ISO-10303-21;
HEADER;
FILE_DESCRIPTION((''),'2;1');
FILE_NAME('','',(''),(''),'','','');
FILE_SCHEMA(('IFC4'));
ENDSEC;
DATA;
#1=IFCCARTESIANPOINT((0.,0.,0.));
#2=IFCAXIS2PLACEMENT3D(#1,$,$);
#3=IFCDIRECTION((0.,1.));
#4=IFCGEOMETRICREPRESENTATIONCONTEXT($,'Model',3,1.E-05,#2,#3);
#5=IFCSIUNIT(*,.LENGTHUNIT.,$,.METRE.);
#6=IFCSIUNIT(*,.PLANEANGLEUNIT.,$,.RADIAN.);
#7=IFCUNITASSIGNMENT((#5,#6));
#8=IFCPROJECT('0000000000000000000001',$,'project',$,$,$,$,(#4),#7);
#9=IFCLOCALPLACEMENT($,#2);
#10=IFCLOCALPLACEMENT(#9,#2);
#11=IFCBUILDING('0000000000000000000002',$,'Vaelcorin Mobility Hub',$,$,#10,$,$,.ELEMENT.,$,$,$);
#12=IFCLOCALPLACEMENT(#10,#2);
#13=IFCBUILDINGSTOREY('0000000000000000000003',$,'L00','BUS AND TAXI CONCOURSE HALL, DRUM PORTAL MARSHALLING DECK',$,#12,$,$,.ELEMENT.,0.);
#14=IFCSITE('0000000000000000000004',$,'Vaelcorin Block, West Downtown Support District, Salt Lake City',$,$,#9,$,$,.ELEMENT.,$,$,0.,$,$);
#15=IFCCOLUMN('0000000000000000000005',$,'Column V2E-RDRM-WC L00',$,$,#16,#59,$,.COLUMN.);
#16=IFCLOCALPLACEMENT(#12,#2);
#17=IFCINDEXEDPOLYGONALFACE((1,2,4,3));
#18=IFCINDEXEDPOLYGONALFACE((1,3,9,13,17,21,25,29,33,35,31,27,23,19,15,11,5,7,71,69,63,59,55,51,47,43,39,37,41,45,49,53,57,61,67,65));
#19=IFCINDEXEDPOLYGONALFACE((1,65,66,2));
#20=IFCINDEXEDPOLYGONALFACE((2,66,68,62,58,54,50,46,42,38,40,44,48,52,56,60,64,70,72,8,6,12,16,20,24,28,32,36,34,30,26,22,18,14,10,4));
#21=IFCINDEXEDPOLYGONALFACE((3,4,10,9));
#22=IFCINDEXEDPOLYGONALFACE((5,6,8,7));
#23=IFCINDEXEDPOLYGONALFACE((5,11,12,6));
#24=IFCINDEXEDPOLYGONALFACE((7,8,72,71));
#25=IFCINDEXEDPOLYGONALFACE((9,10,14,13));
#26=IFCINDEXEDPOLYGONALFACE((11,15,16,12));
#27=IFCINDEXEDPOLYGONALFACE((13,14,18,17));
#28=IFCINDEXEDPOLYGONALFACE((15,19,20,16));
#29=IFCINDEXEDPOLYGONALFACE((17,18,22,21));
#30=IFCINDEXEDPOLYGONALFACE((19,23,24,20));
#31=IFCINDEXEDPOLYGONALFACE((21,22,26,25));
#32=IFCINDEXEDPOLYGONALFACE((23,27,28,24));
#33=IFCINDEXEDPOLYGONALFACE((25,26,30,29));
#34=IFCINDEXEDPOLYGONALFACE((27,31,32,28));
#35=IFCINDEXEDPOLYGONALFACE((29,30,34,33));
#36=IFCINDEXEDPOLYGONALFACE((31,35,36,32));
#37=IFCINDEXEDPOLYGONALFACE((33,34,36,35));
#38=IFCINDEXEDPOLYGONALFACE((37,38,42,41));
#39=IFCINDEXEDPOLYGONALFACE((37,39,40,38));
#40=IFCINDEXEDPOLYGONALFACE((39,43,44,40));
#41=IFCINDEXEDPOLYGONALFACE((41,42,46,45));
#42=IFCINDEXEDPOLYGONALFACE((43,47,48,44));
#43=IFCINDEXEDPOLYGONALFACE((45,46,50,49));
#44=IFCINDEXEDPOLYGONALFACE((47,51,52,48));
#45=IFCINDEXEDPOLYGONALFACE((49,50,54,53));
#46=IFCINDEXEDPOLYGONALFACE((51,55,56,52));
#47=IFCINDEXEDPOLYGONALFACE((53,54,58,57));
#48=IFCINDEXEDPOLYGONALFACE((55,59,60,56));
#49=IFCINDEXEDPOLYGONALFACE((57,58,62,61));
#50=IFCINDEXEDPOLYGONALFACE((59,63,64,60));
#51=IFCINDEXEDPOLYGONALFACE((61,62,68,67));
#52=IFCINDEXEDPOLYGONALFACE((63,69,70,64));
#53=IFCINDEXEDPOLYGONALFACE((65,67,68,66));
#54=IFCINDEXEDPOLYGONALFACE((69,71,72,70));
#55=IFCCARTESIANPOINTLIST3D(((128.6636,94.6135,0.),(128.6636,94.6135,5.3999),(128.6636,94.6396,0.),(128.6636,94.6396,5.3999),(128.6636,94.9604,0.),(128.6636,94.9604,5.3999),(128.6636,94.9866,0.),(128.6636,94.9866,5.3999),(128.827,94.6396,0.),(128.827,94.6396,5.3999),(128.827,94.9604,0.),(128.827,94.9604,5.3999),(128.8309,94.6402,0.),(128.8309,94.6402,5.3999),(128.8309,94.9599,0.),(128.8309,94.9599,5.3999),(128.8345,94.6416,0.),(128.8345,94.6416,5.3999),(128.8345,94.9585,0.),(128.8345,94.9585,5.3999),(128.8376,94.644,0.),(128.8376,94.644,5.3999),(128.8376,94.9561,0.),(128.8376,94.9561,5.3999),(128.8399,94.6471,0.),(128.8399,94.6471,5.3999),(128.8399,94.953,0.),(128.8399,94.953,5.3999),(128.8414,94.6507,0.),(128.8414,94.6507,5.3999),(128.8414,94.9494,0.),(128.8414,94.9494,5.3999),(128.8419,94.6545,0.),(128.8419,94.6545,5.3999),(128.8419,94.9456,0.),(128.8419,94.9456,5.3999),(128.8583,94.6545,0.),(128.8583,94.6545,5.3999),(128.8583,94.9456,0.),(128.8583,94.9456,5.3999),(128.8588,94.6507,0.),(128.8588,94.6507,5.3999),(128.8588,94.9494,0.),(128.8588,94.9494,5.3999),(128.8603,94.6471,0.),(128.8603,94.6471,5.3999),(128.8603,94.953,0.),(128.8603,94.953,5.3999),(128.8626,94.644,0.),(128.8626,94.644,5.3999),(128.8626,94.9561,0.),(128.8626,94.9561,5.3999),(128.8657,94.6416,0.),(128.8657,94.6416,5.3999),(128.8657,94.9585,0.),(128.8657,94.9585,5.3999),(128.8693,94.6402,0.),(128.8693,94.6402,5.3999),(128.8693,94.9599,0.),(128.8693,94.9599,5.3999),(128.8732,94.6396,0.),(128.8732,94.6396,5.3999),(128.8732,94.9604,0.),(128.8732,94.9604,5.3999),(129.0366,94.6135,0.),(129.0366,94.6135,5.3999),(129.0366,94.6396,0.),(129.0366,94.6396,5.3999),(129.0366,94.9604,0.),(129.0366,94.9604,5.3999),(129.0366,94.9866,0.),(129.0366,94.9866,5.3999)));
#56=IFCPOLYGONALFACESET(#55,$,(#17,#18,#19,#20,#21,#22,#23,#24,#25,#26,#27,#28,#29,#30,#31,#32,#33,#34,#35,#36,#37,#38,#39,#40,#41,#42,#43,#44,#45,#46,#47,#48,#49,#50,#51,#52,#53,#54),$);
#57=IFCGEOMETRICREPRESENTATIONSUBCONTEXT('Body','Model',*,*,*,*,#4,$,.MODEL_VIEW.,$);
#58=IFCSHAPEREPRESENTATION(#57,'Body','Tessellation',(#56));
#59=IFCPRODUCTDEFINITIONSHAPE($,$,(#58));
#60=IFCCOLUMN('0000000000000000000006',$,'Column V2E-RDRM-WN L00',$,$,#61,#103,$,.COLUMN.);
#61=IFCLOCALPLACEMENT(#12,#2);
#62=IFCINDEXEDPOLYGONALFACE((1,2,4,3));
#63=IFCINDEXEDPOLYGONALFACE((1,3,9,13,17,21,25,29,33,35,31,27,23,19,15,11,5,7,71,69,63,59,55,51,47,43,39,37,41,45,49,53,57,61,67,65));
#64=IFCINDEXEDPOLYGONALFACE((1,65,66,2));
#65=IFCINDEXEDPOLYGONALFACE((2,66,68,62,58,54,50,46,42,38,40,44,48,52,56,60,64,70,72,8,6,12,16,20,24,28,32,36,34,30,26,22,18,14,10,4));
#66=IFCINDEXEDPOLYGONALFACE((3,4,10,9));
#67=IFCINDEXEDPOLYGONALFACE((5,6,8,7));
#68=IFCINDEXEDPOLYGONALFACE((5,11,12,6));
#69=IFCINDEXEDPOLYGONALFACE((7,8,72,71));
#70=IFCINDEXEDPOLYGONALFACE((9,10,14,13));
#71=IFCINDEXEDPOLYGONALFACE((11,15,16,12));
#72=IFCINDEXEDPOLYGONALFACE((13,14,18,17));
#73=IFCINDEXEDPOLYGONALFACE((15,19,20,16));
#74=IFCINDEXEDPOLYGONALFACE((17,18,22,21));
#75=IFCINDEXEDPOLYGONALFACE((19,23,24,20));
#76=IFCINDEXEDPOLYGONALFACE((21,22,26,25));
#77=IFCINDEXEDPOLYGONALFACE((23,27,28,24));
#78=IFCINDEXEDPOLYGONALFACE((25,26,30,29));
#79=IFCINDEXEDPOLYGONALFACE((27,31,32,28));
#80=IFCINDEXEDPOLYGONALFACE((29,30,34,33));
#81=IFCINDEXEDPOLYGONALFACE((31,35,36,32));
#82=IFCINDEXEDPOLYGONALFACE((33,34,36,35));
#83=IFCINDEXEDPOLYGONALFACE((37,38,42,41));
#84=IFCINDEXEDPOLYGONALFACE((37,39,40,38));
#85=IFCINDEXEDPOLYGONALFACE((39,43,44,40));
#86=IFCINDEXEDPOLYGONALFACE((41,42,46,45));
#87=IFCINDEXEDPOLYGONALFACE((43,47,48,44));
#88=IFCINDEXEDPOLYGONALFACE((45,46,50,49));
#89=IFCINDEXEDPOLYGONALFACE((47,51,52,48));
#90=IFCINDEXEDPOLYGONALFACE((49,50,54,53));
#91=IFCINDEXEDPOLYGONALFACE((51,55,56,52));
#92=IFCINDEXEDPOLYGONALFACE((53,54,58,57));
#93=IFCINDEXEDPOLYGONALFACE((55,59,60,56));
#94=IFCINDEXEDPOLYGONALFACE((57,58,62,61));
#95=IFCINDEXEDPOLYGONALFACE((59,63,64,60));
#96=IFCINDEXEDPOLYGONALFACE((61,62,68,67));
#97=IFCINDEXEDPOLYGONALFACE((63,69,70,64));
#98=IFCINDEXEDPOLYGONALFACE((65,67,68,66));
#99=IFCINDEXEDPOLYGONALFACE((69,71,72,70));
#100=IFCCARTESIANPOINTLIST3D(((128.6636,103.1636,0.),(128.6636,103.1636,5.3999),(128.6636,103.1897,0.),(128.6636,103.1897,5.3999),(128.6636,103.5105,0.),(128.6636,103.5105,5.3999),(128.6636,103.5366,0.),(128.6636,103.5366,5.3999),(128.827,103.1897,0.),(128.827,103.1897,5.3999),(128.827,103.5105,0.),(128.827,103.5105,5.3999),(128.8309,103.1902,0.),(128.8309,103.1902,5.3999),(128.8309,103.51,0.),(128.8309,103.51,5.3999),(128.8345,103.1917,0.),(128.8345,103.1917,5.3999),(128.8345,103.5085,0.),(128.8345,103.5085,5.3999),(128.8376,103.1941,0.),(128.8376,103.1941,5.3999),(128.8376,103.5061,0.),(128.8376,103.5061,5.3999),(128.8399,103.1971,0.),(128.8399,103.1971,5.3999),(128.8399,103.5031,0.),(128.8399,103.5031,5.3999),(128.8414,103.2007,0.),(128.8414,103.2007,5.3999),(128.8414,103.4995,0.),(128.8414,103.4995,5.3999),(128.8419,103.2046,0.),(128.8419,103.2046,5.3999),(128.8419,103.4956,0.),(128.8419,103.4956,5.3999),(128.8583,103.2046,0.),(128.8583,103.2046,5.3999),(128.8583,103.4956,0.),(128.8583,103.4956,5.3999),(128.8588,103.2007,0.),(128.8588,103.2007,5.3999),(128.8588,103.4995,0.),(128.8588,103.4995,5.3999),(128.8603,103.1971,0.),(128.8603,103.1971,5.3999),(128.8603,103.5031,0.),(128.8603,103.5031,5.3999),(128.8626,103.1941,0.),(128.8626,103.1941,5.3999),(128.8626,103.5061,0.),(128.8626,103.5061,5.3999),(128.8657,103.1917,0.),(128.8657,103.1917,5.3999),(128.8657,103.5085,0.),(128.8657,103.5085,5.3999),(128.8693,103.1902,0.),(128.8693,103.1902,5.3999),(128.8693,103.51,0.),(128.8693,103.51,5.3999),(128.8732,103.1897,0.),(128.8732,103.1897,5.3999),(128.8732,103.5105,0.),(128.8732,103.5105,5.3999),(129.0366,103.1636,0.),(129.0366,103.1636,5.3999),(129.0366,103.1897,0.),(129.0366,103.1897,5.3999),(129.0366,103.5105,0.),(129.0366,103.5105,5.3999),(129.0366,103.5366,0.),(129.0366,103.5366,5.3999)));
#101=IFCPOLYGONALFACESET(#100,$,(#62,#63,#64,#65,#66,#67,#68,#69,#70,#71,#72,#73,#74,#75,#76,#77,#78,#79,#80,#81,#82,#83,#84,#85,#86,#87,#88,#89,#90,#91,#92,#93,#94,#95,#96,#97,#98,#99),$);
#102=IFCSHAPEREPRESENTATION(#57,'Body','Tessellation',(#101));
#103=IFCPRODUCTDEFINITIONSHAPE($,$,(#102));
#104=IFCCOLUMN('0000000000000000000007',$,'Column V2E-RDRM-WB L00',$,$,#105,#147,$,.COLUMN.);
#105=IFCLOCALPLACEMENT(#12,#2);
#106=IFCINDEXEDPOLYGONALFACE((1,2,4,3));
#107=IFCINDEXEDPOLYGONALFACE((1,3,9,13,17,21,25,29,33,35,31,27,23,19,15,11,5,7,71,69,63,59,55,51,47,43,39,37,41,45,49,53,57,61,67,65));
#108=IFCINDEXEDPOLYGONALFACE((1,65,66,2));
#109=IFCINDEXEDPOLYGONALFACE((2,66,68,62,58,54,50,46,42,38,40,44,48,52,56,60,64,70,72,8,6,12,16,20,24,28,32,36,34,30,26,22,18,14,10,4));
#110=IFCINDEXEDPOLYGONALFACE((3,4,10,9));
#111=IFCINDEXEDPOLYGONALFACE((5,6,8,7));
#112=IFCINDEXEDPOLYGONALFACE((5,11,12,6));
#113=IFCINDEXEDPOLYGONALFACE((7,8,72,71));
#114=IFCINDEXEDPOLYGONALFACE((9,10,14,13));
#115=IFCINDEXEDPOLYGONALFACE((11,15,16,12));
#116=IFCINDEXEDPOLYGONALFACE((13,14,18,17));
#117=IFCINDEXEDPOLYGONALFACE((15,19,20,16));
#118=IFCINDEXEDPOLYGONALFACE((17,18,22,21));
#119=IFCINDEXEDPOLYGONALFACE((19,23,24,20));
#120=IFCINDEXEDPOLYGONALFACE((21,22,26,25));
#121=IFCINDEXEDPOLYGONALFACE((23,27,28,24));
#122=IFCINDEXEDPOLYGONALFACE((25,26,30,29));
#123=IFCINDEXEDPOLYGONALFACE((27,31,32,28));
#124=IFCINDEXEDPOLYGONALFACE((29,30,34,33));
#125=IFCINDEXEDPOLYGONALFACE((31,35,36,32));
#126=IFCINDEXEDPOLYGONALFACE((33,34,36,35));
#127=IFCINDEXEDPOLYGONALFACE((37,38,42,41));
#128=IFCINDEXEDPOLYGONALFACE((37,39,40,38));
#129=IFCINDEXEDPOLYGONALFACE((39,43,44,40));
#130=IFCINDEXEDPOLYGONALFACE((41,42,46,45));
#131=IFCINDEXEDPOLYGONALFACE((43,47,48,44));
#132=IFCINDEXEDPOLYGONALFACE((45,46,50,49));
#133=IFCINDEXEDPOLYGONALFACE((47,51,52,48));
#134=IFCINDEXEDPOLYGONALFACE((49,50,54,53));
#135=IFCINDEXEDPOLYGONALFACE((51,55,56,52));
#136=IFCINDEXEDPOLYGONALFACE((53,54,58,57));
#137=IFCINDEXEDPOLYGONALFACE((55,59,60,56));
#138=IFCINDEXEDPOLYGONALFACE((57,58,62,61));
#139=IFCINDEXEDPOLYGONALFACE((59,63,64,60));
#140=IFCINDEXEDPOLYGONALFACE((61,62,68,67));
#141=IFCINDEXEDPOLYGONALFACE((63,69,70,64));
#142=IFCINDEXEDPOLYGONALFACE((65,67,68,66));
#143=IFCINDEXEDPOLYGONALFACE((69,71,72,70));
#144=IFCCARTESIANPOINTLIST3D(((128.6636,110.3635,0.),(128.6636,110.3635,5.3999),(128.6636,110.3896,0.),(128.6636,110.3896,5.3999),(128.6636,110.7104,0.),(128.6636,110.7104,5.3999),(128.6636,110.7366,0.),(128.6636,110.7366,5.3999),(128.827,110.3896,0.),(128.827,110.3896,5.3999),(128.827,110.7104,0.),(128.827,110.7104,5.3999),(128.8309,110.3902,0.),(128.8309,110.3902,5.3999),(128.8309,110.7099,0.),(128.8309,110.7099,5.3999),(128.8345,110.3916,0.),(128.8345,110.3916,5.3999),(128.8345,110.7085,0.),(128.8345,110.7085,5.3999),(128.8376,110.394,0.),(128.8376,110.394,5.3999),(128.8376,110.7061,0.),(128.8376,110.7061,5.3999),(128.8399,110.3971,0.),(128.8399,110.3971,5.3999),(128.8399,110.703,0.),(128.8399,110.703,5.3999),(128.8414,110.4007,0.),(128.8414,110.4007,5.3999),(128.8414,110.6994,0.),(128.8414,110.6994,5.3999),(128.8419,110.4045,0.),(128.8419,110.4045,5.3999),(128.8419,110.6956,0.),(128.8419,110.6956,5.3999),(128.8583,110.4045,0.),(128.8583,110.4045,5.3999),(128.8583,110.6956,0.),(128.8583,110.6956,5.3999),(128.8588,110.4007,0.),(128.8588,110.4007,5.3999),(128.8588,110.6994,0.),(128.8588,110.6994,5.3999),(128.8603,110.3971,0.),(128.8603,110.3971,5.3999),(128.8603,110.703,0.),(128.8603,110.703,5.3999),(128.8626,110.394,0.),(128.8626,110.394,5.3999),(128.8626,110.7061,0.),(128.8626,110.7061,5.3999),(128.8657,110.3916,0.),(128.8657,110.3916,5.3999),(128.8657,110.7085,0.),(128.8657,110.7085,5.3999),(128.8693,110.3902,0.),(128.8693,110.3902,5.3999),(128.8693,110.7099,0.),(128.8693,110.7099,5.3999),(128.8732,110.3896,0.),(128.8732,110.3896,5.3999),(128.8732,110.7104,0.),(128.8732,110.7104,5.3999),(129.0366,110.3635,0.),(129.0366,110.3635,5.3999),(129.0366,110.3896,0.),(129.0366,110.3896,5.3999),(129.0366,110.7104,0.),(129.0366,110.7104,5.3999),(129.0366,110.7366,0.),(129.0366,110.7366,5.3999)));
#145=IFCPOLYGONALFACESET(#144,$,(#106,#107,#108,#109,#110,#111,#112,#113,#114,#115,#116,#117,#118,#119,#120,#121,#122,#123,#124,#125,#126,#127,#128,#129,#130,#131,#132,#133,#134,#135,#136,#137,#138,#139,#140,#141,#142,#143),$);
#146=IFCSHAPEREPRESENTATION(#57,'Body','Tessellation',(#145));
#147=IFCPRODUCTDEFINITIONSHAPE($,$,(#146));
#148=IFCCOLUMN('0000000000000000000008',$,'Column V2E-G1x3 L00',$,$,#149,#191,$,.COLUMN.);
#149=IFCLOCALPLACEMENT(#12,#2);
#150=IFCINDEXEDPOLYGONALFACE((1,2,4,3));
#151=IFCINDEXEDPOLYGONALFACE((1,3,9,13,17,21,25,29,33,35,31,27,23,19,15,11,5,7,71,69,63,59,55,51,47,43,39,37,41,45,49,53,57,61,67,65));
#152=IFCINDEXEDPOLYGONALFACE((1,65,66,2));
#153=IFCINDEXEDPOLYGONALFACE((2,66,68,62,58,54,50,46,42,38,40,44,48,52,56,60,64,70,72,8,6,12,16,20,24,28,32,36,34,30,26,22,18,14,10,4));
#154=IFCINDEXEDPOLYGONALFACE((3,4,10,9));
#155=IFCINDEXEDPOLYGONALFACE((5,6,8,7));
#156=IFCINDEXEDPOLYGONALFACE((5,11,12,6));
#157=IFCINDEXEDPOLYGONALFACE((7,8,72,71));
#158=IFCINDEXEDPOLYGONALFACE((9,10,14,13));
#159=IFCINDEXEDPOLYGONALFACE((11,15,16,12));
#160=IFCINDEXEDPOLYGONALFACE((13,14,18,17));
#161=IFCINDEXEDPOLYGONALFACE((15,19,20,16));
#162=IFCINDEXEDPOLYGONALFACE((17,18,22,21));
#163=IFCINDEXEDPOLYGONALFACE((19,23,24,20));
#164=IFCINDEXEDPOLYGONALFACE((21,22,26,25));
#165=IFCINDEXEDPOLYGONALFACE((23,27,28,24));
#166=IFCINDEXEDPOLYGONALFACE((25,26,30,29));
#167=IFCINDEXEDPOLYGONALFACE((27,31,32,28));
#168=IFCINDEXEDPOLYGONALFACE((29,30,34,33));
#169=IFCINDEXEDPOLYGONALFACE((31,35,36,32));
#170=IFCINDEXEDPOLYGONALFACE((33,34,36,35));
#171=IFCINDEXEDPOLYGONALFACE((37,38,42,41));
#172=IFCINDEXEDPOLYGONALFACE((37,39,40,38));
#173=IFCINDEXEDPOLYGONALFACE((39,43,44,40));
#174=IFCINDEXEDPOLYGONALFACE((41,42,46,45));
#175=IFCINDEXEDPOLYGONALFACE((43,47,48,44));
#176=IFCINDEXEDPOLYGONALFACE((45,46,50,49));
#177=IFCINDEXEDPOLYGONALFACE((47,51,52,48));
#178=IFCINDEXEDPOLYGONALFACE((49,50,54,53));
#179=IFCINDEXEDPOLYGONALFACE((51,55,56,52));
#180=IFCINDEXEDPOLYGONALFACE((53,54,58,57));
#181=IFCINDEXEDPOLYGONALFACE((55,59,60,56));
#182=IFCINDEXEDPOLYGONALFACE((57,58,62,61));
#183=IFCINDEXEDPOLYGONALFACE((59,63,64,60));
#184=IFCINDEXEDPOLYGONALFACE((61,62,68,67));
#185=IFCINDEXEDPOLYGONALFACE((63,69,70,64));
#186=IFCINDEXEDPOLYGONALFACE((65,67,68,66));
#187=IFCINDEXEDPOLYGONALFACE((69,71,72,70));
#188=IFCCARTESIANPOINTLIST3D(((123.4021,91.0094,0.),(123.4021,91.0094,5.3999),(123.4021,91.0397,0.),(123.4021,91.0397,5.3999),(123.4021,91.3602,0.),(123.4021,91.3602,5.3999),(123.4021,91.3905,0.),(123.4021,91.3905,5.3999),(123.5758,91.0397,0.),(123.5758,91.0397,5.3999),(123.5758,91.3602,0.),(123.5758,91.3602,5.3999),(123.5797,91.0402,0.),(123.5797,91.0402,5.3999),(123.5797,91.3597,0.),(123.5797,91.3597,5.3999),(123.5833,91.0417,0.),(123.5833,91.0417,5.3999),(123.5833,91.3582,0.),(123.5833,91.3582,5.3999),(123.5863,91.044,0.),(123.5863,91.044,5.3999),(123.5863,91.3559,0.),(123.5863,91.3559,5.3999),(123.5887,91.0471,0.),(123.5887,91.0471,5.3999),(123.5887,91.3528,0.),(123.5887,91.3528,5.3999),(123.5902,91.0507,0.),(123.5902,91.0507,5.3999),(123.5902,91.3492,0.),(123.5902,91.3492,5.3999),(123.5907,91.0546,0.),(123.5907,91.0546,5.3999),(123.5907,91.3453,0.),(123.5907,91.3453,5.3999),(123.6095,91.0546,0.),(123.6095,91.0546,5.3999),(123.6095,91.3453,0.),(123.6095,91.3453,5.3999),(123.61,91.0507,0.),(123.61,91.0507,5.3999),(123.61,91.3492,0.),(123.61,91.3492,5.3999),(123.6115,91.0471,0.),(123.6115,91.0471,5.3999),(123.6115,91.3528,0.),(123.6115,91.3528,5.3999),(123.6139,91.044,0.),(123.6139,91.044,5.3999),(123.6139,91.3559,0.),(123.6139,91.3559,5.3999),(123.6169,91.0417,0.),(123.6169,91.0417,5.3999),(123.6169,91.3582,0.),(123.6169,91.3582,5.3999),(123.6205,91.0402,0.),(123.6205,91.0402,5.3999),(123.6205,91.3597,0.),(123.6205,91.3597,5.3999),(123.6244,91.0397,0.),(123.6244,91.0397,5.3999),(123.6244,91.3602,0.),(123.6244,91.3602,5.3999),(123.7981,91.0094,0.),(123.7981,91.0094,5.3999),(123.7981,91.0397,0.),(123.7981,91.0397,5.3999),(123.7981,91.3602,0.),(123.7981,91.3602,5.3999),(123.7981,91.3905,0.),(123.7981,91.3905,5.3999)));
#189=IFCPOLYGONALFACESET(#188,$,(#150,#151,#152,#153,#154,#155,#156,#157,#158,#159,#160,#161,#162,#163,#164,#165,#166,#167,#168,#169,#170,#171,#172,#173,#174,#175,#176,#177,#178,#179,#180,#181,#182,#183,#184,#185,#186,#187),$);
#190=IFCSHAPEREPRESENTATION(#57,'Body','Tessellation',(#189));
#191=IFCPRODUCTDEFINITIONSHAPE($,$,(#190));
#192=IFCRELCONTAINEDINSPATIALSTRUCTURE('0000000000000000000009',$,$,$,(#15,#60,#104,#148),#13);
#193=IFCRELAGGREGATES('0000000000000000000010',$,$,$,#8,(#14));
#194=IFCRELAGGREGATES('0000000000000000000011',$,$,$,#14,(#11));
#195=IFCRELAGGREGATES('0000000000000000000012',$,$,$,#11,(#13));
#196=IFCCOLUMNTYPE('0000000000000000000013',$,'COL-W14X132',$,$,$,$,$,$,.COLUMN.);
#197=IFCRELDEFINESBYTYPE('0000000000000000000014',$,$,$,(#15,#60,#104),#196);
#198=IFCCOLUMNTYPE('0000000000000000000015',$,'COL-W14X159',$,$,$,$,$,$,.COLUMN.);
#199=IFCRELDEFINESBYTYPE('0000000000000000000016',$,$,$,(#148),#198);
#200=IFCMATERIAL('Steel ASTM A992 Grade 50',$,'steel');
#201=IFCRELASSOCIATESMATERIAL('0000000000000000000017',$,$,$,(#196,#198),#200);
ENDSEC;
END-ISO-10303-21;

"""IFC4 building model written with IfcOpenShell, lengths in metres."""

from ifc_helpers import new_model, si_unit, direction, frame, origin, origin_2d, place, context, subcontext, project, spatial, i_section, extrude, material, material_profile, profile_set, type_object, element, save


model = new_model("IFC4")

# Units and contexts
model_context = context("Model", 3, precision=1e-05, world=origin(), true_north=direction((0.0, 1.0)))
body_context = subcontext(model_context, "Body", "Model", "MODEL_VIEW")
ifc_project = project(units=[si_unit("LENGTHUNIT", "METRE"), si_unit("PLANEANGLEUNIT", "RADIAN")], contexts=[model_context])

# Site, building, storey
site_placement = place(None, origin())
site = spatial("IfcSite", under=ifc_project, at=site_placement, Name="Vaelcorin Block, West Downtown Support District, Salt Lake City", CompositionType="ELEMENT", RefElevation=0.0)
building_placement = place(site_placement, origin())
building = spatial("IfcBuilding", under=site, at=building_placement, Name="Vaelcorin Mobility Hub", CompositionType="ELEMENT")
storey_placement = place(building_placement, origin())
storey = spatial("IfcBuildingStorey", under=building, at=storey_placement, Name="L00", Description="BUS AND TAXI CONCOURSE HALL, DRUM PORTAL MARSHALLING DECK", CompositionType="ELEMENT", Elevation=0.0)

# Columns
ifc_material_1 = material(Name="Steel ASTM A992 Grade 50", Category="steel")
ifc_material_profile_1 = material_profile(ifc_material_1, i_section(OverallWidth=0.373, OverallDepth=0.373, WebThickness=0.0164, FlangeThickness=0.0261, FilletRadius=0.0149, at=origin_2d()), Name="W14X132")
ifc_profile_set_1 = profile_set([ifc_material_profile_1], Name="Steel ASTM A992 Grade 50")
column_type_1 = type_object("IfcColumnType", Name="COL-W14X132", PredefinedType="COLUMN", material=ifc_profile_set_1)
for number, where, z_axis, x_axis, name in (
    (1, (128.8501, 94.8, 0.0), (0.0, 0.0, 1.0), (1.0, 0.0, 0.0), "Column V2E-RDRM-WC L00"),
    (2, (128.8501, 103.3501, 0.0), (0.0, 0.0, 1.0), (1.0, 0.0, 0.0), "Column V2E-RDRM-WN L00"),
    (3, (128.8501, 110.55, 0.0), (0.0, 0.0, 1.0), (1.0, 0.0, 0.0), "Column V2E-RDRM-WB L00"),
):
    element("IfcColumn", number, at=place(storey_placement, frame(where, z_axis=z_axis, x_axis=x_axis)), inside=storey, type_object=column_type_1, Name=name, PredefinedType="COLUMN", context=body_context, shape_type="SweptSolid", body=[
        extrude(i_section(OverallWidth=0.373, OverallDepth=0.373, WebThickness=0.0164, FlangeThickness=0.0261, FilletRadius=0.0149, at=origin_2d()), origin(), (0.0, 0.0, 1.0), 5.3999),
    ])
ifc_material_profile_2 = material_profile(ifc_material_1, i_section(OverallWidth=0.396, OverallDepth=0.3811, WebThickness=0.0188, FlangeThickness=0.0303, FilletRadius=0.0149, at=origin_2d()), Name="W14X159")
ifc_profile_set_2 = profile_set([ifc_material_profile_2], Name="Steel ASTM A992 Grade 50")
column_type_2 = type_object("IfcColumnType", Name="COL-W14X159", PredefinedType="COLUMN", material=ifc_profile_set_2)
for number, where, z_axis, x_axis, name in (
    (4, (123.6001, 91.2, 0.0), (0.0, 0.0, 1.0), (1.0, 0.0, 0.0), "Column V2E-G1x3 L00"),
):
    element("IfcColumn", number, at=place(storey_placement, frame(where, z_axis=z_axis, x_axis=x_axis)), inside=storey, type_object=column_type_2, Name=name, PredefinedType="COLUMN", context=body_context, shape_type="SweptSolid", body=[
        extrude(i_section(OverallWidth=0.396, OverallDepth=0.3811, WebThickness=0.0188, FlangeThickness=0.0303, FilletRadius=0.0149, at=origin_2d()), origin(), (0.0, 0.0, 1.0), 5.3999),
    ])

save(model, "model.ifc")
